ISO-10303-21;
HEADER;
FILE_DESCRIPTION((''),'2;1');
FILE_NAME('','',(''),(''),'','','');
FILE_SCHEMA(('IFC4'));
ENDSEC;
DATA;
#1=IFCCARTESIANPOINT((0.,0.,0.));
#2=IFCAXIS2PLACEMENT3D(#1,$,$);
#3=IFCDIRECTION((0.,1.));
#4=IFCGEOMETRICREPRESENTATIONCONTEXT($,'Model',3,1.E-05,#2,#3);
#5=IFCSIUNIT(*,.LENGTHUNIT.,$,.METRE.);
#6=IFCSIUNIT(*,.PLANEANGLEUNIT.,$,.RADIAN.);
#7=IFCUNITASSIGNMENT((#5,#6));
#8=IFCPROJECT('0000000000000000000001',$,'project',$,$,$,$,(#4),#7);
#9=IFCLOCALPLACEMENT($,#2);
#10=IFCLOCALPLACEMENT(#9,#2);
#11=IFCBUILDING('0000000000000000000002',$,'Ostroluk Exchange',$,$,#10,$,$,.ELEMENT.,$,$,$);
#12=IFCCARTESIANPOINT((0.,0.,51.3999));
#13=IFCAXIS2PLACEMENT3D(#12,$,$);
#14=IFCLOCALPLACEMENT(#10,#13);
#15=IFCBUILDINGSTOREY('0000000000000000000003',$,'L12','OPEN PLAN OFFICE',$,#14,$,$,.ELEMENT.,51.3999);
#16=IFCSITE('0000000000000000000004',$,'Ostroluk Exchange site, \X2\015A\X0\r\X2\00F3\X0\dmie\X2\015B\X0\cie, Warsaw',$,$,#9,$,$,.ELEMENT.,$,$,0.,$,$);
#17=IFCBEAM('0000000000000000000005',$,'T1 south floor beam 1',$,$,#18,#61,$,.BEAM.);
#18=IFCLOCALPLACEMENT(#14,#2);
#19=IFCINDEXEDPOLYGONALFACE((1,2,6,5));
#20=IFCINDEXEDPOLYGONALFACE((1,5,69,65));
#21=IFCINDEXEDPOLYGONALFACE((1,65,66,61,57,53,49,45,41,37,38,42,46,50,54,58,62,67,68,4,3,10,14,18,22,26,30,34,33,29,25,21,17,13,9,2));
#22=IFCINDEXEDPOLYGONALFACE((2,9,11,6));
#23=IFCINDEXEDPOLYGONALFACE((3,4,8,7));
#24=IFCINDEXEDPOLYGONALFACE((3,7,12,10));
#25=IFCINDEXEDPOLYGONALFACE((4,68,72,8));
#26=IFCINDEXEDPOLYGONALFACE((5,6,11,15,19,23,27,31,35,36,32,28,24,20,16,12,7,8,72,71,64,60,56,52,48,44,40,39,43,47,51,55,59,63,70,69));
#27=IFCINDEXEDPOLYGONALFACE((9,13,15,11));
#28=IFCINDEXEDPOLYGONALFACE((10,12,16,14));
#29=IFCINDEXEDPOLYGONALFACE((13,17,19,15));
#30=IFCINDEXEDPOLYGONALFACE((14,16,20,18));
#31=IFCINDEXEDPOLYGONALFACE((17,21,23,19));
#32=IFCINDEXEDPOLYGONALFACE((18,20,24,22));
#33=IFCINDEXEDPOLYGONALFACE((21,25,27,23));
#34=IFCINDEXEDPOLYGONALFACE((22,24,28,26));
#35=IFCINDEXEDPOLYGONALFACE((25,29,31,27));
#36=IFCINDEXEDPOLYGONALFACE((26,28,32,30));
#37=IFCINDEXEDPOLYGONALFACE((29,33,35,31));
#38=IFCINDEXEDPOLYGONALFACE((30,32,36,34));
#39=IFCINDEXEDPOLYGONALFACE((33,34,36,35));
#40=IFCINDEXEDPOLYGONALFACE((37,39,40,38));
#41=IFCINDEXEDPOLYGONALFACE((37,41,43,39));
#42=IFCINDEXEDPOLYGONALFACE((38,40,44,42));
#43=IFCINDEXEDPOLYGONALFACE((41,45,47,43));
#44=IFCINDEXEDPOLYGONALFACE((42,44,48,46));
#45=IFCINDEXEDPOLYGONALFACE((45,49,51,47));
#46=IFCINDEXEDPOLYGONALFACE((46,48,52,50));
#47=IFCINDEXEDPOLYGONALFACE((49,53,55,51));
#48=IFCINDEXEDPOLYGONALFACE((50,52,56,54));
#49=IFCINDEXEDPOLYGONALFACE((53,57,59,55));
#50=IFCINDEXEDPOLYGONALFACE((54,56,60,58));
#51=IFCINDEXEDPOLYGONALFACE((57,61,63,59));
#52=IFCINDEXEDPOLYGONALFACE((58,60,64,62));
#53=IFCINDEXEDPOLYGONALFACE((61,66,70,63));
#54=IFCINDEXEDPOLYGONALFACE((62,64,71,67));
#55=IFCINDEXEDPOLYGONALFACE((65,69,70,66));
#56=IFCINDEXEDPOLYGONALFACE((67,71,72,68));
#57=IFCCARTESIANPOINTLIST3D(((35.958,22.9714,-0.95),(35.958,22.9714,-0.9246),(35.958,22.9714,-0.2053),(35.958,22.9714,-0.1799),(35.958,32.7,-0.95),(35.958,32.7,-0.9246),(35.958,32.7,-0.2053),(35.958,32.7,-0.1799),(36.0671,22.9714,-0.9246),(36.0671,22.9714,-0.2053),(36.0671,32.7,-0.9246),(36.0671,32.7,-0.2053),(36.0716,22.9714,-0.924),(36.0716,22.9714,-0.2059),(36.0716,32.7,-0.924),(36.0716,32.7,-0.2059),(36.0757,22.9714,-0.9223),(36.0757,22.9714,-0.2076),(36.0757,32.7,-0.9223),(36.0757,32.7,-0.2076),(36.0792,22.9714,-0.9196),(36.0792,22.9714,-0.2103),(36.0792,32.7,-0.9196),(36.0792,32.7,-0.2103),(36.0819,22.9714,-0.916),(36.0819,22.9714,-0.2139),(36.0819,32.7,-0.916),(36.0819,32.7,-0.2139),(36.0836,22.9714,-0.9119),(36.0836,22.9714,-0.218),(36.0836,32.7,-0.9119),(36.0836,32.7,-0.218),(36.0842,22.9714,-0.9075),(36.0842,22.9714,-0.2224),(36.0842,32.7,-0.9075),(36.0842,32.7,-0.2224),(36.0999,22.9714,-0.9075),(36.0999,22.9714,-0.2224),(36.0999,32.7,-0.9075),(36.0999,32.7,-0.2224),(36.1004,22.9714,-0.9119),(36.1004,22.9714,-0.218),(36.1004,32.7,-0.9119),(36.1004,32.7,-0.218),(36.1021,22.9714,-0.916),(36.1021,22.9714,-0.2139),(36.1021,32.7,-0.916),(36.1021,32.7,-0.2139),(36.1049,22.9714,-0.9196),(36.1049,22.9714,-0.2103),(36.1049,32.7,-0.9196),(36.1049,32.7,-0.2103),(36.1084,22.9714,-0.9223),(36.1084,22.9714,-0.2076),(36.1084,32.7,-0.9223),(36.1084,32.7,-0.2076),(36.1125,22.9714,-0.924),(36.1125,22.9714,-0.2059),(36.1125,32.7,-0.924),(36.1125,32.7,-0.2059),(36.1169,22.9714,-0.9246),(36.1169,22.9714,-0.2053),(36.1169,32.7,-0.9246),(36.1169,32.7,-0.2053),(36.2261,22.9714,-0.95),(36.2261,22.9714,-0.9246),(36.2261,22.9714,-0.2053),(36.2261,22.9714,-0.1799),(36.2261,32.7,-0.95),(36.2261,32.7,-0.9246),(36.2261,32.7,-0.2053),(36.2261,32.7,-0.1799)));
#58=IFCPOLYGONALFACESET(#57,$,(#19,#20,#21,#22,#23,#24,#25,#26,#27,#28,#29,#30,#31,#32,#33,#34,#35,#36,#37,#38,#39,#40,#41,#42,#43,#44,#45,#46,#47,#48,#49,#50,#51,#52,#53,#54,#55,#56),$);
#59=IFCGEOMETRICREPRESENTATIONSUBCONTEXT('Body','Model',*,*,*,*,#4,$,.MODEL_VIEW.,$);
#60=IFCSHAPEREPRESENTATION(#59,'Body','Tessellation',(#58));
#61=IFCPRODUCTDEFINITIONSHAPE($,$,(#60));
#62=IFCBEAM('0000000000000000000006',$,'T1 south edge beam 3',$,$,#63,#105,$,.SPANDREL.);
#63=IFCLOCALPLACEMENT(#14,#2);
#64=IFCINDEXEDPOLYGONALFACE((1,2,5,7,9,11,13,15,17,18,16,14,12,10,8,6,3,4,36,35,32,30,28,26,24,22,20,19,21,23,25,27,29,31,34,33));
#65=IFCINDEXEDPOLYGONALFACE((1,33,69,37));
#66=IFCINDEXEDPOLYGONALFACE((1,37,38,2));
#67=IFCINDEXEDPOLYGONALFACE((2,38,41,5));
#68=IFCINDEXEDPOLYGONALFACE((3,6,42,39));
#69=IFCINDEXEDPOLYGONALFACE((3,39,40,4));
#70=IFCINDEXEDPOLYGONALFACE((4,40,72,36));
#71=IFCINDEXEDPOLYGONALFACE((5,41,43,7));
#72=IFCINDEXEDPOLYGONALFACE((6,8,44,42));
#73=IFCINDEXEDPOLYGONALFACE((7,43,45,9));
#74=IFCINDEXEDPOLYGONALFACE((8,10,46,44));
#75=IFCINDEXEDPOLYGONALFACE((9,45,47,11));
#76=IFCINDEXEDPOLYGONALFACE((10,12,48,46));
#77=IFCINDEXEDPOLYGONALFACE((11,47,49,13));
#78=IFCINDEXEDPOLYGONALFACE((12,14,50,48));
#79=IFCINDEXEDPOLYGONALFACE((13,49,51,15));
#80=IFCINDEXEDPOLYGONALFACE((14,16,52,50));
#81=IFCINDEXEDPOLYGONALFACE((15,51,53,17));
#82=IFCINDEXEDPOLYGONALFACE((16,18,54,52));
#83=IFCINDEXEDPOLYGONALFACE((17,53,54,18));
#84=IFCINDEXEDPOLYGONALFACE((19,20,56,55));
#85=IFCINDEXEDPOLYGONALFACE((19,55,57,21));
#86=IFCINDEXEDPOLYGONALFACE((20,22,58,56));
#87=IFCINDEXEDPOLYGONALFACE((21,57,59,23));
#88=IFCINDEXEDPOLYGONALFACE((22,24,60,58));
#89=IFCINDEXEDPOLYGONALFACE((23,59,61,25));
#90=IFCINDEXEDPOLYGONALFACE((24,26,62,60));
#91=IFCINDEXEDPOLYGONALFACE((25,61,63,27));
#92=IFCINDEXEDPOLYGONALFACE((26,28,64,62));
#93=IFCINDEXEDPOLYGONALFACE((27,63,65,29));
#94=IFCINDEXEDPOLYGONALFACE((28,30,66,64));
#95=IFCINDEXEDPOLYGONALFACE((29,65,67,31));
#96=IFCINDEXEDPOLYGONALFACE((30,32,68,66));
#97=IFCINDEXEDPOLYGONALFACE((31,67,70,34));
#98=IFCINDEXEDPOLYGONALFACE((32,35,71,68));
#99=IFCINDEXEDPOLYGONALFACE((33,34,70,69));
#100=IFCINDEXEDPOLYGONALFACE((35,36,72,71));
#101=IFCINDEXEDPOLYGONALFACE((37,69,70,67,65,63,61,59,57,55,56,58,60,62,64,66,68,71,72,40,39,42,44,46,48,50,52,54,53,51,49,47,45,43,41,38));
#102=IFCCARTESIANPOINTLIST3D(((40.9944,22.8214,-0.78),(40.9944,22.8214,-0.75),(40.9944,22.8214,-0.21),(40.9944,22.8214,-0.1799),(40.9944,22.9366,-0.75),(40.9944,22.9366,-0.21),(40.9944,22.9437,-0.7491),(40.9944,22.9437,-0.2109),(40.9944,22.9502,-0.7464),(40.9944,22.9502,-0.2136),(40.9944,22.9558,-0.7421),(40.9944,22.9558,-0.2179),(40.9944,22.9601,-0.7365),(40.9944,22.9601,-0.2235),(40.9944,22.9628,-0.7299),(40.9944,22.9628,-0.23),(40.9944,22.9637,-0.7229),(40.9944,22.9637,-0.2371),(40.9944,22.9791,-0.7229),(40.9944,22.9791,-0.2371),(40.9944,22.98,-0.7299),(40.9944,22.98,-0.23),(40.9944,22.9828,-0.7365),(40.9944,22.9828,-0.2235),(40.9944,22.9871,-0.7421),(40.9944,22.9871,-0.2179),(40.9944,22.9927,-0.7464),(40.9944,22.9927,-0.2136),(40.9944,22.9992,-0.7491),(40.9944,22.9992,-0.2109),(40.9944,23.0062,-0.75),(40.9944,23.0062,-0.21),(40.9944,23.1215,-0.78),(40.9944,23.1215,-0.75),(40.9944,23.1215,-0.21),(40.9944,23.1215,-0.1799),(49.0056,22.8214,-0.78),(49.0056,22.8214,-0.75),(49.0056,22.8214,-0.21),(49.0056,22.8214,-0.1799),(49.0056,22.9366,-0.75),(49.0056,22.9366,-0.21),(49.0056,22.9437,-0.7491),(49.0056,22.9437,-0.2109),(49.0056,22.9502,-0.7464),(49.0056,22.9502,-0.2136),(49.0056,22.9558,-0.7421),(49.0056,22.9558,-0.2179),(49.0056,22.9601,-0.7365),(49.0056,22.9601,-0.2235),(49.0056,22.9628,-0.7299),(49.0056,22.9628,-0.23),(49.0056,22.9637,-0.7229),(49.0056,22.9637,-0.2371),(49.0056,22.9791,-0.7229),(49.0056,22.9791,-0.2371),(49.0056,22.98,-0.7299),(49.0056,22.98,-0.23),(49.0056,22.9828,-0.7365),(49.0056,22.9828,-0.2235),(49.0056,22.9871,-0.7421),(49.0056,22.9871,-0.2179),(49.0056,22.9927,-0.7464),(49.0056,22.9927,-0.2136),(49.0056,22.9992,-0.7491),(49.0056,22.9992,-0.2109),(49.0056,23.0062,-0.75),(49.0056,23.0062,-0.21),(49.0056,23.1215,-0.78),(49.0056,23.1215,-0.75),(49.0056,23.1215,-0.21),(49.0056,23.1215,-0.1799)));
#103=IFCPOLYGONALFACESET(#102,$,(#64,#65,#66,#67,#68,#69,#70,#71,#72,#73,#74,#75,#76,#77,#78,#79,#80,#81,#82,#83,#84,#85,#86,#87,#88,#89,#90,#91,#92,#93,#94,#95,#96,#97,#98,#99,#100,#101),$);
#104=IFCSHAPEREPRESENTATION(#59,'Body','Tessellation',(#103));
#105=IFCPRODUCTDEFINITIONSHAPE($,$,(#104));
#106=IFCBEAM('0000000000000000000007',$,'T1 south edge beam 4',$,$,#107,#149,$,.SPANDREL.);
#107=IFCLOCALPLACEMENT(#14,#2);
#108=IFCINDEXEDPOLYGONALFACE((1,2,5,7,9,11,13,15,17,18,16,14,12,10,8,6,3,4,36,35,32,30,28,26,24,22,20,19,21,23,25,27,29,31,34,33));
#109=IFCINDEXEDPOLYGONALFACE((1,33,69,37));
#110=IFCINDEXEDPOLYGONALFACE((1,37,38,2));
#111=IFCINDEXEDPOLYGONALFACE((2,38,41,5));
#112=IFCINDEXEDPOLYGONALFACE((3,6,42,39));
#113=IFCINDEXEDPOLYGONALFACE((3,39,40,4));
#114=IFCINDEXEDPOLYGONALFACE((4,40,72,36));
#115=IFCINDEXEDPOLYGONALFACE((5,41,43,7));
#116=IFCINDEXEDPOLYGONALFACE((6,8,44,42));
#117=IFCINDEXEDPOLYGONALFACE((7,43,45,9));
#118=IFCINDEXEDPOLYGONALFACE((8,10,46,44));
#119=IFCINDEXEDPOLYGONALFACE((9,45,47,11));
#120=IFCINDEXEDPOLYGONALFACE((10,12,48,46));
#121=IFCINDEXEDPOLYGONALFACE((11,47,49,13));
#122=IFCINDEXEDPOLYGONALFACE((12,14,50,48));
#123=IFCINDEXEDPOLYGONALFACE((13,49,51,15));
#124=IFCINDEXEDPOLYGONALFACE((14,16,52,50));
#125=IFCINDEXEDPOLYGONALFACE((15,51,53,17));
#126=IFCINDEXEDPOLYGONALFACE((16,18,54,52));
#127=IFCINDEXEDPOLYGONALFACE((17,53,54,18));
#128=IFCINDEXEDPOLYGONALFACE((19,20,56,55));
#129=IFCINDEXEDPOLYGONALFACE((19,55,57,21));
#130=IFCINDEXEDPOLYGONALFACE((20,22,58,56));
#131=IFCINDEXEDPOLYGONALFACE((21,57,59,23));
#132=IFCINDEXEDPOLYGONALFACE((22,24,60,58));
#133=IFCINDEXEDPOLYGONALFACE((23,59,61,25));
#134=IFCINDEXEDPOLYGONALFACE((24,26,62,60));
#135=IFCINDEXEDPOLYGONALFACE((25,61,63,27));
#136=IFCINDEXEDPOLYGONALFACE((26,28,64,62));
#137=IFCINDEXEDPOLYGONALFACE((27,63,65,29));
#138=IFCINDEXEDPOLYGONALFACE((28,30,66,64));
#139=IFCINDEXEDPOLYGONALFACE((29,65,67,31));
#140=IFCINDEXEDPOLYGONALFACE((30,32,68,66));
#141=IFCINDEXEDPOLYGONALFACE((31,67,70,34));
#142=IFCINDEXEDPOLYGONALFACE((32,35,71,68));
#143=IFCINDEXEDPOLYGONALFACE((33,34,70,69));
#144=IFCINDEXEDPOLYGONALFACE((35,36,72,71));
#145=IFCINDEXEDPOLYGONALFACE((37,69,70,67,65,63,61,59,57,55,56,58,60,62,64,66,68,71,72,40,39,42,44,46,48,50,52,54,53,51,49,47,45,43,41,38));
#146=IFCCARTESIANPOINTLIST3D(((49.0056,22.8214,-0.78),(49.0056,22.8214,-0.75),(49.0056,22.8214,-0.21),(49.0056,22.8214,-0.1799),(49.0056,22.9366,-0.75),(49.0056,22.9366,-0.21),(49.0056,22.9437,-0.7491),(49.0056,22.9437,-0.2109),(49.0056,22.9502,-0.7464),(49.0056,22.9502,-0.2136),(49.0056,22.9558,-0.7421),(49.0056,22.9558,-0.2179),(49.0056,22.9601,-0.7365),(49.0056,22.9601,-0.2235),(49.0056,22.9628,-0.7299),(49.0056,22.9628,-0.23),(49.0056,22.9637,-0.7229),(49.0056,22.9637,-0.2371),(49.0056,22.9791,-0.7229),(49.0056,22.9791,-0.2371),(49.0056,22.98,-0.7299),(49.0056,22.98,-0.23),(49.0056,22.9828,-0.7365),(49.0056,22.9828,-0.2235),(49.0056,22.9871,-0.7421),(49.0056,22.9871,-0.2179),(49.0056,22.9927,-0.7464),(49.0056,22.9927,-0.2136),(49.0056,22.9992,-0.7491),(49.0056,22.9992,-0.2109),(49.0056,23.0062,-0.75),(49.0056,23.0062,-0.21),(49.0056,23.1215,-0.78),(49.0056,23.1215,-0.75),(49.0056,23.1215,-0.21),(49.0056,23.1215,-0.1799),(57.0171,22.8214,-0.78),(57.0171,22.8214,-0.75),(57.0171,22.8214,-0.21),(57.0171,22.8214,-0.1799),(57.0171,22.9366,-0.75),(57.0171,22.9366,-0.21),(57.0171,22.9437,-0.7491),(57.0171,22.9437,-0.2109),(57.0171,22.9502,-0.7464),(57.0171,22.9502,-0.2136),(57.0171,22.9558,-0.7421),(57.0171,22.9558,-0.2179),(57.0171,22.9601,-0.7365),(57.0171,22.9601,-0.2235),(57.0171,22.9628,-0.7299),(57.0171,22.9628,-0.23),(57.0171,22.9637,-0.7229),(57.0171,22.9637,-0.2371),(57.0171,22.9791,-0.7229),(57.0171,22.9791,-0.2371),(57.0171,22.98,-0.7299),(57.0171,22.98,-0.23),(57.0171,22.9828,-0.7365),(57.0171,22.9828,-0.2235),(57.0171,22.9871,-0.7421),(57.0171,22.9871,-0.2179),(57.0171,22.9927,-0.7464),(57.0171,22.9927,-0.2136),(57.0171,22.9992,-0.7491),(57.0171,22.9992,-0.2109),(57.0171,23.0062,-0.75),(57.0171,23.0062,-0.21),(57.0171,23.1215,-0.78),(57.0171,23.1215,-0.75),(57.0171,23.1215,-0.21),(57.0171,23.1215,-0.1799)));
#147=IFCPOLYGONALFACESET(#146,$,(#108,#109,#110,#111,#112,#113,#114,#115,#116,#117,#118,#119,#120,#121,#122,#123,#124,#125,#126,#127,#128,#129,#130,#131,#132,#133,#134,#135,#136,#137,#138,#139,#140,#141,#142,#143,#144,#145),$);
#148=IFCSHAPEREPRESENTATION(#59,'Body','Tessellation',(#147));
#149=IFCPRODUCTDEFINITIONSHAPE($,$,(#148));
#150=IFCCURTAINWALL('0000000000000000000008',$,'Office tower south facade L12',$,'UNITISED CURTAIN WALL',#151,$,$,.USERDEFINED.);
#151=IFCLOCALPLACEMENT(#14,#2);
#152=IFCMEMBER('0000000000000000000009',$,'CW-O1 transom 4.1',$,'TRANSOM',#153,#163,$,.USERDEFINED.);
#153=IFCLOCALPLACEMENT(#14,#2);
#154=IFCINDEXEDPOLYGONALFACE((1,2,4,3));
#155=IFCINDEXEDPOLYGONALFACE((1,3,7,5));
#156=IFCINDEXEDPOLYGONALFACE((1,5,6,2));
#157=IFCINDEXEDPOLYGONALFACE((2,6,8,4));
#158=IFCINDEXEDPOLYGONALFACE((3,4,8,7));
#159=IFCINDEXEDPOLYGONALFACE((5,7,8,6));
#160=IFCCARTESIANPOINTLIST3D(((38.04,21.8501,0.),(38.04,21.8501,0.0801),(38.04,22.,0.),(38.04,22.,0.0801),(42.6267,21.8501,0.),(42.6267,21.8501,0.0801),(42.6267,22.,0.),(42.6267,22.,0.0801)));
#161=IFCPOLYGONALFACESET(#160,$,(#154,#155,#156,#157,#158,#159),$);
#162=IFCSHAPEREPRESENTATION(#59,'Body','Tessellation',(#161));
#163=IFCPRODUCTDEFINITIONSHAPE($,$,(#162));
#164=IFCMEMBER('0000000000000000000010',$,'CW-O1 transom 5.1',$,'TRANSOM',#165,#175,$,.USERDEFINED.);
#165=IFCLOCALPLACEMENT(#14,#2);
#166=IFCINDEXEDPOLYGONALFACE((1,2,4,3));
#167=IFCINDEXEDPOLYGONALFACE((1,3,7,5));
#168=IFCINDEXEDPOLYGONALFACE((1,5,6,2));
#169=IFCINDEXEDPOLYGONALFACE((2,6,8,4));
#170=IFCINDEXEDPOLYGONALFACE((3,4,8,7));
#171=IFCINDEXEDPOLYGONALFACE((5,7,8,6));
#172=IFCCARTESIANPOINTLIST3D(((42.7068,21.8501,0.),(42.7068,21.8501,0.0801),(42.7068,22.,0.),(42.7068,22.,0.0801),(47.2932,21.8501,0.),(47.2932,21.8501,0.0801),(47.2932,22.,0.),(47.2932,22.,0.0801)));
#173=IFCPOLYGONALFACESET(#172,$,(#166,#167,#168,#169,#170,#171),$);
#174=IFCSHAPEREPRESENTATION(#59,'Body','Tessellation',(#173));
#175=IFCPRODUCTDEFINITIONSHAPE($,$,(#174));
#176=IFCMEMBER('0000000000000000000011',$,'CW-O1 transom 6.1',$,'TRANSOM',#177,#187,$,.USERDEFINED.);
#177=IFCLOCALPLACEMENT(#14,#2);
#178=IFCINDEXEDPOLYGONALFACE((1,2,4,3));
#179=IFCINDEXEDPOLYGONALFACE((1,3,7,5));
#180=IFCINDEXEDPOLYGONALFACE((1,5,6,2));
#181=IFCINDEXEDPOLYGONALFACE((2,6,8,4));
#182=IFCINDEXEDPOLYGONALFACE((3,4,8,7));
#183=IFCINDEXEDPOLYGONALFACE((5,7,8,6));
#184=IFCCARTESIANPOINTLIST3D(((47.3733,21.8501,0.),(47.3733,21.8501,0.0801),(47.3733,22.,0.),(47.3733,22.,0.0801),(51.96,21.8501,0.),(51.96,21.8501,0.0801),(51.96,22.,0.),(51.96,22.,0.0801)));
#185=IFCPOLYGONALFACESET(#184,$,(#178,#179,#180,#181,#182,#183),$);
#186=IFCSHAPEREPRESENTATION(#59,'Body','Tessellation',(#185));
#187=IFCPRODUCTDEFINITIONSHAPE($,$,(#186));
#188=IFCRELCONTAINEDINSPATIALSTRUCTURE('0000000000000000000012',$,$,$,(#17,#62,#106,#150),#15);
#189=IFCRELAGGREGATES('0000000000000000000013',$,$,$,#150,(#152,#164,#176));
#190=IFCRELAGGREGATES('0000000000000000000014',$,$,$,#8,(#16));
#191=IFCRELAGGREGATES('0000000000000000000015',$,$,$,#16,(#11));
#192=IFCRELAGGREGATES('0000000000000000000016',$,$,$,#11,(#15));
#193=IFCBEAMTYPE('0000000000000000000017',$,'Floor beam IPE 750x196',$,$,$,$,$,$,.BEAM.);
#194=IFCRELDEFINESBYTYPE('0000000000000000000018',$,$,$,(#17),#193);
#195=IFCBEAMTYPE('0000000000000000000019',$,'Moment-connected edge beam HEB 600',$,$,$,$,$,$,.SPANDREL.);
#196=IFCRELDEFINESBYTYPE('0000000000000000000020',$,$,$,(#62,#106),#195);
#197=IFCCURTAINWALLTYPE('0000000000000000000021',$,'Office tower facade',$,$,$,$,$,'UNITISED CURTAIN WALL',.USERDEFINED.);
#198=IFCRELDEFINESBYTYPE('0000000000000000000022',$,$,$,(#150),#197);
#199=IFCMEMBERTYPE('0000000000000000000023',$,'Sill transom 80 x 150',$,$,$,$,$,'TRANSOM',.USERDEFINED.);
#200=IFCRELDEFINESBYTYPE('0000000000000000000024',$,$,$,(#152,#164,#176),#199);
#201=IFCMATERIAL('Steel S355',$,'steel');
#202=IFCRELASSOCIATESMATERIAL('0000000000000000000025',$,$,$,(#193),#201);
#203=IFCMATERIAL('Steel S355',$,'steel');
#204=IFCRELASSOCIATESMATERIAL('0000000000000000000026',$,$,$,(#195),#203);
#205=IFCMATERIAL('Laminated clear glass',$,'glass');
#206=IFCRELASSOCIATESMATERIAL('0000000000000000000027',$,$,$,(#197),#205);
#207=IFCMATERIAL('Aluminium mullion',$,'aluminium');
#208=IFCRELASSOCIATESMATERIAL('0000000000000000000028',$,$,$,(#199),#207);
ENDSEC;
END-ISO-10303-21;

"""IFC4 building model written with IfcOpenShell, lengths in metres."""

from ifc_helpers import new_model, si_unit, direction, frame, origin, origin_2d, place, context, subcontext, project, spatial, rectangle, i_section, extrude, material, material_profile, profile_set, type_object, element, aggregate, save


model = new_model("IFC4")

# Units and contexts
model_context = context("Model", 3, precision=1e-05, world=origin(), true_north=direction((0.0, 1.0)))
body_context = subcontext(model_context, "Body", "Model", "MODEL_VIEW")
ifc_project = project(units=[si_unit("LENGTHUNIT", "METRE"), si_unit("PLANEANGLEUNIT", "RADIAN")], contexts=[model_context])

# Site, building, storey
site_placement = place(None, origin())
site = spatial("IfcSite", under=ifc_project, at=site_placement, Name="Ostroluk Exchange site, Śródmieście, Warsaw", CompositionType="ELEMENT", RefElevation=0.0)
building_placement = place(site_placement, origin())
building = spatial("IfcBuilding", under=site, at=building_placement, Name="Ostroluk Exchange", CompositionType="ELEMENT")
storey_placement = place(building_placement, frame((0.0, 0.0, 51.3999)))
storey = spatial("IfcBuildingStorey", under=building, at=storey_placement, Name="L12", Description="OPEN PLAN OFFICE", CompositionType="ELEMENT", Elevation=51.3999)

# Beams
ifc_material_1 = material(Name="Steel S355", Category="steel")
ifc_material_profile_1 = material_profile(ifc_material_1, i_section(OverallWidth=0.2681, OverallDepth=0.77, WebThickness=0.0156, FlangeThickness=0.0254, FilletRadius=0.0171, at=origin_2d()), Name="IPE 750x196")
ifc_profile_set_1 = profile_set([ifc_material_profile_1], Name="Steel S355")
beam_type_1 = type_object("IfcBeamType", Name="Floor beam IPE 750x196", PredefinedType="BEAM", material=ifc_profile_set_1)
beam_1_placement = place(storey_placement, frame((36.092, 32.7, -0.5649), z_axis=(0.0, -1.0, 0.0), x_axis=(1.0, 0.0, 0.0)))
element("IfcBeam", 1, at=beam_1_placement, inside=storey, type_object=beam_type_1, Name="T1 south floor beam 1", PredefinedType="BEAM", context=body_context, shape_type="SweptSolid", body=[
    extrude(i_section(OverallWidth=0.2681, OverallDepth=0.77, WebThickness=0.0156, FlangeThickness=0.0254, FilletRadius=0.0171, at=origin_2d()), origin(), (0.0, 0.0, 1.0), 9.7285),
])
ifc_material_2 = material(Name="Steel S355", Category="steel")
ifc_material_profile_2 = material_profile(ifc_material_2, i_section(OverallWidth=0.3, OverallDepth=0.6001, WebThickness=0.0154, FlangeThickness=0.03, FilletRadius=0.0271, at=origin_2d()), Name="HEB 600")
ifc_profile_set_2 = profile_set([ifc_material_profile_2], Name="Steel S355")
beam_type_2 = type_object("IfcBeamType", Name="Moment-connected edge beam HEB 600", PredefinedType="SPANDREL", material=ifc_profile_set_2)
beam_2_placement = place(storey_placement, frame((40.9944, 22.9714, -0.48), z_axis=(1.0, 0.0, 0.0), x_axis=(0.0, 1.0, 0.0)))
element("IfcBeam", 2, at=beam_2_placement, inside=storey, type_object=beam_type_2, Name="T1 south edge beam 3", PredefinedType="SPANDREL", context=body_context, shape_type="SweptSolid", body=[
    extrude(i_section(OverallWidth=0.3, OverallDepth=0.6001, WebThickness=0.0154, FlangeThickness=0.03, FilletRadius=0.0271, at=origin_2d()), origin(), (0.0, 0.0, 1.0), 8.0112),
])
beam_3_placement = place(storey_placement, frame((49.0056, 22.9714, -0.48), z_axis=(1.0, 0.0, 0.0), x_axis=(0.0, 1.0, 0.0)))
element("IfcBeam", 3, at=beam_3_placement, inside=storey, type_object=beam_type_2, Name="T1 south edge beam 4", PredefinedType="SPANDREL", context=body_context, shape_type="SweptSolid", body=[
    extrude(i_section(OverallWidth=0.3, OverallDepth=0.6001, WebThickness=0.0154, FlangeThickness=0.03, FilletRadius=0.0271, at=origin_2d()), origin(), (0.0, 0.0, 1.0), 8.0115),
])

# Curtain wall, members
ifc_material_3 = material(Name="Laminated clear glass", Category="glass")
curtain_wall_type = type_object("IfcCurtainWallType", Name="Office tower facade", ElementType="UNITISED CURTAIN WALL", PredefinedType="USERDEFINED", material=ifc_material_3)
curtain_wall_placement = place(storey_placement, origin())
curtain_wall = element("IfcCurtainWall", 4, at=curtain_wall_placement, inside=storey, type_object=curtain_wall_type, Name="Office tower south facade L12", ObjectType="UNITISED CURTAIN WALL", PredefinedType="USERDEFINED")
ifc_material_4 = material(Name="Aluminium mullion", Category="aluminium")
ifc_material_profile_3 = material_profile(ifc_material_4, rectangle(XDim=0.1499, YDim=0.0801, at=origin_2d()), Name="Sill transom 80 x 150")
ifc_profile_set_3 = profile_set([ifc_material_profile_3], Name="Aluminium mullion")
member_type_1 = type_object("IfcMemberType", Name="Sill transom 80 x 150", ElementType="TRANSOM", PredefinedType="USERDEFINED", material=ifc_profile_set_3)
member_1_placement = place(storey_placement, frame((38.04, 21.925, 0.04), z_axis=(1.0, 0.0, 0.0), x_axis=(0.0, 1.0, 0.0)))
member_1 = element("IfcMember", 5, at=member_1_placement, type_object=member_type_1, Name="CW-O1 transom 4.1", ObjectType="TRANSOM", PredefinedType="USERDEFINED", context=body_context, shape_type="SweptSolid", body=[
    extrude(rectangle(XDim=0.1499, YDim=0.0801, at=origin_2d()), origin(), (0.0, 0.0, 1.0), 4.5867),
])
member_2_placement = place(storey_placement, frame((42.7068, 21.925, 0.04), z_axis=(1.0, 0.0, 0.0), x_axis=(0.0, 1.0, 0.0)))
member_2 = element("IfcMember", 6, at=member_2_placement, type_object=member_type_1, Name="CW-O1 transom 5.1", ObjectType="TRANSOM", PredefinedType="USERDEFINED", context=body_context, shape_type="SweptSolid", body=[
    extrude(rectangle(XDim=0.1499, YDim=0.0801, at=origin_2d()), origin(), (0.0, 0.0, 1.0), 4.5864),
])
member_3_placement = place(storey_placement, frame((47.3733, 21.925, 0.04), z_axis=(1.0, 0.0, 0.0), x_axis=(0.0, 1.0, 0.0)))
member_3 = element("IfcMember", 7, at=member_3_placement, type_object=member_type_1, Name="CW-O1 transom 6.1", ObjectType="TRANSOM", PredefinedType="USERDEFINED", context=body_context, shape_type="SweptSolid", body=[
    extrude(rectangle(XDim=0.1499, YDim=0.0801, at=origin_2d()), origin(), (0.0, 0.0, 1.0), 4.5867),
])
aggregate(curtain_wall, [member_1, member_2, member_3])

save(model, "model.ifc")
